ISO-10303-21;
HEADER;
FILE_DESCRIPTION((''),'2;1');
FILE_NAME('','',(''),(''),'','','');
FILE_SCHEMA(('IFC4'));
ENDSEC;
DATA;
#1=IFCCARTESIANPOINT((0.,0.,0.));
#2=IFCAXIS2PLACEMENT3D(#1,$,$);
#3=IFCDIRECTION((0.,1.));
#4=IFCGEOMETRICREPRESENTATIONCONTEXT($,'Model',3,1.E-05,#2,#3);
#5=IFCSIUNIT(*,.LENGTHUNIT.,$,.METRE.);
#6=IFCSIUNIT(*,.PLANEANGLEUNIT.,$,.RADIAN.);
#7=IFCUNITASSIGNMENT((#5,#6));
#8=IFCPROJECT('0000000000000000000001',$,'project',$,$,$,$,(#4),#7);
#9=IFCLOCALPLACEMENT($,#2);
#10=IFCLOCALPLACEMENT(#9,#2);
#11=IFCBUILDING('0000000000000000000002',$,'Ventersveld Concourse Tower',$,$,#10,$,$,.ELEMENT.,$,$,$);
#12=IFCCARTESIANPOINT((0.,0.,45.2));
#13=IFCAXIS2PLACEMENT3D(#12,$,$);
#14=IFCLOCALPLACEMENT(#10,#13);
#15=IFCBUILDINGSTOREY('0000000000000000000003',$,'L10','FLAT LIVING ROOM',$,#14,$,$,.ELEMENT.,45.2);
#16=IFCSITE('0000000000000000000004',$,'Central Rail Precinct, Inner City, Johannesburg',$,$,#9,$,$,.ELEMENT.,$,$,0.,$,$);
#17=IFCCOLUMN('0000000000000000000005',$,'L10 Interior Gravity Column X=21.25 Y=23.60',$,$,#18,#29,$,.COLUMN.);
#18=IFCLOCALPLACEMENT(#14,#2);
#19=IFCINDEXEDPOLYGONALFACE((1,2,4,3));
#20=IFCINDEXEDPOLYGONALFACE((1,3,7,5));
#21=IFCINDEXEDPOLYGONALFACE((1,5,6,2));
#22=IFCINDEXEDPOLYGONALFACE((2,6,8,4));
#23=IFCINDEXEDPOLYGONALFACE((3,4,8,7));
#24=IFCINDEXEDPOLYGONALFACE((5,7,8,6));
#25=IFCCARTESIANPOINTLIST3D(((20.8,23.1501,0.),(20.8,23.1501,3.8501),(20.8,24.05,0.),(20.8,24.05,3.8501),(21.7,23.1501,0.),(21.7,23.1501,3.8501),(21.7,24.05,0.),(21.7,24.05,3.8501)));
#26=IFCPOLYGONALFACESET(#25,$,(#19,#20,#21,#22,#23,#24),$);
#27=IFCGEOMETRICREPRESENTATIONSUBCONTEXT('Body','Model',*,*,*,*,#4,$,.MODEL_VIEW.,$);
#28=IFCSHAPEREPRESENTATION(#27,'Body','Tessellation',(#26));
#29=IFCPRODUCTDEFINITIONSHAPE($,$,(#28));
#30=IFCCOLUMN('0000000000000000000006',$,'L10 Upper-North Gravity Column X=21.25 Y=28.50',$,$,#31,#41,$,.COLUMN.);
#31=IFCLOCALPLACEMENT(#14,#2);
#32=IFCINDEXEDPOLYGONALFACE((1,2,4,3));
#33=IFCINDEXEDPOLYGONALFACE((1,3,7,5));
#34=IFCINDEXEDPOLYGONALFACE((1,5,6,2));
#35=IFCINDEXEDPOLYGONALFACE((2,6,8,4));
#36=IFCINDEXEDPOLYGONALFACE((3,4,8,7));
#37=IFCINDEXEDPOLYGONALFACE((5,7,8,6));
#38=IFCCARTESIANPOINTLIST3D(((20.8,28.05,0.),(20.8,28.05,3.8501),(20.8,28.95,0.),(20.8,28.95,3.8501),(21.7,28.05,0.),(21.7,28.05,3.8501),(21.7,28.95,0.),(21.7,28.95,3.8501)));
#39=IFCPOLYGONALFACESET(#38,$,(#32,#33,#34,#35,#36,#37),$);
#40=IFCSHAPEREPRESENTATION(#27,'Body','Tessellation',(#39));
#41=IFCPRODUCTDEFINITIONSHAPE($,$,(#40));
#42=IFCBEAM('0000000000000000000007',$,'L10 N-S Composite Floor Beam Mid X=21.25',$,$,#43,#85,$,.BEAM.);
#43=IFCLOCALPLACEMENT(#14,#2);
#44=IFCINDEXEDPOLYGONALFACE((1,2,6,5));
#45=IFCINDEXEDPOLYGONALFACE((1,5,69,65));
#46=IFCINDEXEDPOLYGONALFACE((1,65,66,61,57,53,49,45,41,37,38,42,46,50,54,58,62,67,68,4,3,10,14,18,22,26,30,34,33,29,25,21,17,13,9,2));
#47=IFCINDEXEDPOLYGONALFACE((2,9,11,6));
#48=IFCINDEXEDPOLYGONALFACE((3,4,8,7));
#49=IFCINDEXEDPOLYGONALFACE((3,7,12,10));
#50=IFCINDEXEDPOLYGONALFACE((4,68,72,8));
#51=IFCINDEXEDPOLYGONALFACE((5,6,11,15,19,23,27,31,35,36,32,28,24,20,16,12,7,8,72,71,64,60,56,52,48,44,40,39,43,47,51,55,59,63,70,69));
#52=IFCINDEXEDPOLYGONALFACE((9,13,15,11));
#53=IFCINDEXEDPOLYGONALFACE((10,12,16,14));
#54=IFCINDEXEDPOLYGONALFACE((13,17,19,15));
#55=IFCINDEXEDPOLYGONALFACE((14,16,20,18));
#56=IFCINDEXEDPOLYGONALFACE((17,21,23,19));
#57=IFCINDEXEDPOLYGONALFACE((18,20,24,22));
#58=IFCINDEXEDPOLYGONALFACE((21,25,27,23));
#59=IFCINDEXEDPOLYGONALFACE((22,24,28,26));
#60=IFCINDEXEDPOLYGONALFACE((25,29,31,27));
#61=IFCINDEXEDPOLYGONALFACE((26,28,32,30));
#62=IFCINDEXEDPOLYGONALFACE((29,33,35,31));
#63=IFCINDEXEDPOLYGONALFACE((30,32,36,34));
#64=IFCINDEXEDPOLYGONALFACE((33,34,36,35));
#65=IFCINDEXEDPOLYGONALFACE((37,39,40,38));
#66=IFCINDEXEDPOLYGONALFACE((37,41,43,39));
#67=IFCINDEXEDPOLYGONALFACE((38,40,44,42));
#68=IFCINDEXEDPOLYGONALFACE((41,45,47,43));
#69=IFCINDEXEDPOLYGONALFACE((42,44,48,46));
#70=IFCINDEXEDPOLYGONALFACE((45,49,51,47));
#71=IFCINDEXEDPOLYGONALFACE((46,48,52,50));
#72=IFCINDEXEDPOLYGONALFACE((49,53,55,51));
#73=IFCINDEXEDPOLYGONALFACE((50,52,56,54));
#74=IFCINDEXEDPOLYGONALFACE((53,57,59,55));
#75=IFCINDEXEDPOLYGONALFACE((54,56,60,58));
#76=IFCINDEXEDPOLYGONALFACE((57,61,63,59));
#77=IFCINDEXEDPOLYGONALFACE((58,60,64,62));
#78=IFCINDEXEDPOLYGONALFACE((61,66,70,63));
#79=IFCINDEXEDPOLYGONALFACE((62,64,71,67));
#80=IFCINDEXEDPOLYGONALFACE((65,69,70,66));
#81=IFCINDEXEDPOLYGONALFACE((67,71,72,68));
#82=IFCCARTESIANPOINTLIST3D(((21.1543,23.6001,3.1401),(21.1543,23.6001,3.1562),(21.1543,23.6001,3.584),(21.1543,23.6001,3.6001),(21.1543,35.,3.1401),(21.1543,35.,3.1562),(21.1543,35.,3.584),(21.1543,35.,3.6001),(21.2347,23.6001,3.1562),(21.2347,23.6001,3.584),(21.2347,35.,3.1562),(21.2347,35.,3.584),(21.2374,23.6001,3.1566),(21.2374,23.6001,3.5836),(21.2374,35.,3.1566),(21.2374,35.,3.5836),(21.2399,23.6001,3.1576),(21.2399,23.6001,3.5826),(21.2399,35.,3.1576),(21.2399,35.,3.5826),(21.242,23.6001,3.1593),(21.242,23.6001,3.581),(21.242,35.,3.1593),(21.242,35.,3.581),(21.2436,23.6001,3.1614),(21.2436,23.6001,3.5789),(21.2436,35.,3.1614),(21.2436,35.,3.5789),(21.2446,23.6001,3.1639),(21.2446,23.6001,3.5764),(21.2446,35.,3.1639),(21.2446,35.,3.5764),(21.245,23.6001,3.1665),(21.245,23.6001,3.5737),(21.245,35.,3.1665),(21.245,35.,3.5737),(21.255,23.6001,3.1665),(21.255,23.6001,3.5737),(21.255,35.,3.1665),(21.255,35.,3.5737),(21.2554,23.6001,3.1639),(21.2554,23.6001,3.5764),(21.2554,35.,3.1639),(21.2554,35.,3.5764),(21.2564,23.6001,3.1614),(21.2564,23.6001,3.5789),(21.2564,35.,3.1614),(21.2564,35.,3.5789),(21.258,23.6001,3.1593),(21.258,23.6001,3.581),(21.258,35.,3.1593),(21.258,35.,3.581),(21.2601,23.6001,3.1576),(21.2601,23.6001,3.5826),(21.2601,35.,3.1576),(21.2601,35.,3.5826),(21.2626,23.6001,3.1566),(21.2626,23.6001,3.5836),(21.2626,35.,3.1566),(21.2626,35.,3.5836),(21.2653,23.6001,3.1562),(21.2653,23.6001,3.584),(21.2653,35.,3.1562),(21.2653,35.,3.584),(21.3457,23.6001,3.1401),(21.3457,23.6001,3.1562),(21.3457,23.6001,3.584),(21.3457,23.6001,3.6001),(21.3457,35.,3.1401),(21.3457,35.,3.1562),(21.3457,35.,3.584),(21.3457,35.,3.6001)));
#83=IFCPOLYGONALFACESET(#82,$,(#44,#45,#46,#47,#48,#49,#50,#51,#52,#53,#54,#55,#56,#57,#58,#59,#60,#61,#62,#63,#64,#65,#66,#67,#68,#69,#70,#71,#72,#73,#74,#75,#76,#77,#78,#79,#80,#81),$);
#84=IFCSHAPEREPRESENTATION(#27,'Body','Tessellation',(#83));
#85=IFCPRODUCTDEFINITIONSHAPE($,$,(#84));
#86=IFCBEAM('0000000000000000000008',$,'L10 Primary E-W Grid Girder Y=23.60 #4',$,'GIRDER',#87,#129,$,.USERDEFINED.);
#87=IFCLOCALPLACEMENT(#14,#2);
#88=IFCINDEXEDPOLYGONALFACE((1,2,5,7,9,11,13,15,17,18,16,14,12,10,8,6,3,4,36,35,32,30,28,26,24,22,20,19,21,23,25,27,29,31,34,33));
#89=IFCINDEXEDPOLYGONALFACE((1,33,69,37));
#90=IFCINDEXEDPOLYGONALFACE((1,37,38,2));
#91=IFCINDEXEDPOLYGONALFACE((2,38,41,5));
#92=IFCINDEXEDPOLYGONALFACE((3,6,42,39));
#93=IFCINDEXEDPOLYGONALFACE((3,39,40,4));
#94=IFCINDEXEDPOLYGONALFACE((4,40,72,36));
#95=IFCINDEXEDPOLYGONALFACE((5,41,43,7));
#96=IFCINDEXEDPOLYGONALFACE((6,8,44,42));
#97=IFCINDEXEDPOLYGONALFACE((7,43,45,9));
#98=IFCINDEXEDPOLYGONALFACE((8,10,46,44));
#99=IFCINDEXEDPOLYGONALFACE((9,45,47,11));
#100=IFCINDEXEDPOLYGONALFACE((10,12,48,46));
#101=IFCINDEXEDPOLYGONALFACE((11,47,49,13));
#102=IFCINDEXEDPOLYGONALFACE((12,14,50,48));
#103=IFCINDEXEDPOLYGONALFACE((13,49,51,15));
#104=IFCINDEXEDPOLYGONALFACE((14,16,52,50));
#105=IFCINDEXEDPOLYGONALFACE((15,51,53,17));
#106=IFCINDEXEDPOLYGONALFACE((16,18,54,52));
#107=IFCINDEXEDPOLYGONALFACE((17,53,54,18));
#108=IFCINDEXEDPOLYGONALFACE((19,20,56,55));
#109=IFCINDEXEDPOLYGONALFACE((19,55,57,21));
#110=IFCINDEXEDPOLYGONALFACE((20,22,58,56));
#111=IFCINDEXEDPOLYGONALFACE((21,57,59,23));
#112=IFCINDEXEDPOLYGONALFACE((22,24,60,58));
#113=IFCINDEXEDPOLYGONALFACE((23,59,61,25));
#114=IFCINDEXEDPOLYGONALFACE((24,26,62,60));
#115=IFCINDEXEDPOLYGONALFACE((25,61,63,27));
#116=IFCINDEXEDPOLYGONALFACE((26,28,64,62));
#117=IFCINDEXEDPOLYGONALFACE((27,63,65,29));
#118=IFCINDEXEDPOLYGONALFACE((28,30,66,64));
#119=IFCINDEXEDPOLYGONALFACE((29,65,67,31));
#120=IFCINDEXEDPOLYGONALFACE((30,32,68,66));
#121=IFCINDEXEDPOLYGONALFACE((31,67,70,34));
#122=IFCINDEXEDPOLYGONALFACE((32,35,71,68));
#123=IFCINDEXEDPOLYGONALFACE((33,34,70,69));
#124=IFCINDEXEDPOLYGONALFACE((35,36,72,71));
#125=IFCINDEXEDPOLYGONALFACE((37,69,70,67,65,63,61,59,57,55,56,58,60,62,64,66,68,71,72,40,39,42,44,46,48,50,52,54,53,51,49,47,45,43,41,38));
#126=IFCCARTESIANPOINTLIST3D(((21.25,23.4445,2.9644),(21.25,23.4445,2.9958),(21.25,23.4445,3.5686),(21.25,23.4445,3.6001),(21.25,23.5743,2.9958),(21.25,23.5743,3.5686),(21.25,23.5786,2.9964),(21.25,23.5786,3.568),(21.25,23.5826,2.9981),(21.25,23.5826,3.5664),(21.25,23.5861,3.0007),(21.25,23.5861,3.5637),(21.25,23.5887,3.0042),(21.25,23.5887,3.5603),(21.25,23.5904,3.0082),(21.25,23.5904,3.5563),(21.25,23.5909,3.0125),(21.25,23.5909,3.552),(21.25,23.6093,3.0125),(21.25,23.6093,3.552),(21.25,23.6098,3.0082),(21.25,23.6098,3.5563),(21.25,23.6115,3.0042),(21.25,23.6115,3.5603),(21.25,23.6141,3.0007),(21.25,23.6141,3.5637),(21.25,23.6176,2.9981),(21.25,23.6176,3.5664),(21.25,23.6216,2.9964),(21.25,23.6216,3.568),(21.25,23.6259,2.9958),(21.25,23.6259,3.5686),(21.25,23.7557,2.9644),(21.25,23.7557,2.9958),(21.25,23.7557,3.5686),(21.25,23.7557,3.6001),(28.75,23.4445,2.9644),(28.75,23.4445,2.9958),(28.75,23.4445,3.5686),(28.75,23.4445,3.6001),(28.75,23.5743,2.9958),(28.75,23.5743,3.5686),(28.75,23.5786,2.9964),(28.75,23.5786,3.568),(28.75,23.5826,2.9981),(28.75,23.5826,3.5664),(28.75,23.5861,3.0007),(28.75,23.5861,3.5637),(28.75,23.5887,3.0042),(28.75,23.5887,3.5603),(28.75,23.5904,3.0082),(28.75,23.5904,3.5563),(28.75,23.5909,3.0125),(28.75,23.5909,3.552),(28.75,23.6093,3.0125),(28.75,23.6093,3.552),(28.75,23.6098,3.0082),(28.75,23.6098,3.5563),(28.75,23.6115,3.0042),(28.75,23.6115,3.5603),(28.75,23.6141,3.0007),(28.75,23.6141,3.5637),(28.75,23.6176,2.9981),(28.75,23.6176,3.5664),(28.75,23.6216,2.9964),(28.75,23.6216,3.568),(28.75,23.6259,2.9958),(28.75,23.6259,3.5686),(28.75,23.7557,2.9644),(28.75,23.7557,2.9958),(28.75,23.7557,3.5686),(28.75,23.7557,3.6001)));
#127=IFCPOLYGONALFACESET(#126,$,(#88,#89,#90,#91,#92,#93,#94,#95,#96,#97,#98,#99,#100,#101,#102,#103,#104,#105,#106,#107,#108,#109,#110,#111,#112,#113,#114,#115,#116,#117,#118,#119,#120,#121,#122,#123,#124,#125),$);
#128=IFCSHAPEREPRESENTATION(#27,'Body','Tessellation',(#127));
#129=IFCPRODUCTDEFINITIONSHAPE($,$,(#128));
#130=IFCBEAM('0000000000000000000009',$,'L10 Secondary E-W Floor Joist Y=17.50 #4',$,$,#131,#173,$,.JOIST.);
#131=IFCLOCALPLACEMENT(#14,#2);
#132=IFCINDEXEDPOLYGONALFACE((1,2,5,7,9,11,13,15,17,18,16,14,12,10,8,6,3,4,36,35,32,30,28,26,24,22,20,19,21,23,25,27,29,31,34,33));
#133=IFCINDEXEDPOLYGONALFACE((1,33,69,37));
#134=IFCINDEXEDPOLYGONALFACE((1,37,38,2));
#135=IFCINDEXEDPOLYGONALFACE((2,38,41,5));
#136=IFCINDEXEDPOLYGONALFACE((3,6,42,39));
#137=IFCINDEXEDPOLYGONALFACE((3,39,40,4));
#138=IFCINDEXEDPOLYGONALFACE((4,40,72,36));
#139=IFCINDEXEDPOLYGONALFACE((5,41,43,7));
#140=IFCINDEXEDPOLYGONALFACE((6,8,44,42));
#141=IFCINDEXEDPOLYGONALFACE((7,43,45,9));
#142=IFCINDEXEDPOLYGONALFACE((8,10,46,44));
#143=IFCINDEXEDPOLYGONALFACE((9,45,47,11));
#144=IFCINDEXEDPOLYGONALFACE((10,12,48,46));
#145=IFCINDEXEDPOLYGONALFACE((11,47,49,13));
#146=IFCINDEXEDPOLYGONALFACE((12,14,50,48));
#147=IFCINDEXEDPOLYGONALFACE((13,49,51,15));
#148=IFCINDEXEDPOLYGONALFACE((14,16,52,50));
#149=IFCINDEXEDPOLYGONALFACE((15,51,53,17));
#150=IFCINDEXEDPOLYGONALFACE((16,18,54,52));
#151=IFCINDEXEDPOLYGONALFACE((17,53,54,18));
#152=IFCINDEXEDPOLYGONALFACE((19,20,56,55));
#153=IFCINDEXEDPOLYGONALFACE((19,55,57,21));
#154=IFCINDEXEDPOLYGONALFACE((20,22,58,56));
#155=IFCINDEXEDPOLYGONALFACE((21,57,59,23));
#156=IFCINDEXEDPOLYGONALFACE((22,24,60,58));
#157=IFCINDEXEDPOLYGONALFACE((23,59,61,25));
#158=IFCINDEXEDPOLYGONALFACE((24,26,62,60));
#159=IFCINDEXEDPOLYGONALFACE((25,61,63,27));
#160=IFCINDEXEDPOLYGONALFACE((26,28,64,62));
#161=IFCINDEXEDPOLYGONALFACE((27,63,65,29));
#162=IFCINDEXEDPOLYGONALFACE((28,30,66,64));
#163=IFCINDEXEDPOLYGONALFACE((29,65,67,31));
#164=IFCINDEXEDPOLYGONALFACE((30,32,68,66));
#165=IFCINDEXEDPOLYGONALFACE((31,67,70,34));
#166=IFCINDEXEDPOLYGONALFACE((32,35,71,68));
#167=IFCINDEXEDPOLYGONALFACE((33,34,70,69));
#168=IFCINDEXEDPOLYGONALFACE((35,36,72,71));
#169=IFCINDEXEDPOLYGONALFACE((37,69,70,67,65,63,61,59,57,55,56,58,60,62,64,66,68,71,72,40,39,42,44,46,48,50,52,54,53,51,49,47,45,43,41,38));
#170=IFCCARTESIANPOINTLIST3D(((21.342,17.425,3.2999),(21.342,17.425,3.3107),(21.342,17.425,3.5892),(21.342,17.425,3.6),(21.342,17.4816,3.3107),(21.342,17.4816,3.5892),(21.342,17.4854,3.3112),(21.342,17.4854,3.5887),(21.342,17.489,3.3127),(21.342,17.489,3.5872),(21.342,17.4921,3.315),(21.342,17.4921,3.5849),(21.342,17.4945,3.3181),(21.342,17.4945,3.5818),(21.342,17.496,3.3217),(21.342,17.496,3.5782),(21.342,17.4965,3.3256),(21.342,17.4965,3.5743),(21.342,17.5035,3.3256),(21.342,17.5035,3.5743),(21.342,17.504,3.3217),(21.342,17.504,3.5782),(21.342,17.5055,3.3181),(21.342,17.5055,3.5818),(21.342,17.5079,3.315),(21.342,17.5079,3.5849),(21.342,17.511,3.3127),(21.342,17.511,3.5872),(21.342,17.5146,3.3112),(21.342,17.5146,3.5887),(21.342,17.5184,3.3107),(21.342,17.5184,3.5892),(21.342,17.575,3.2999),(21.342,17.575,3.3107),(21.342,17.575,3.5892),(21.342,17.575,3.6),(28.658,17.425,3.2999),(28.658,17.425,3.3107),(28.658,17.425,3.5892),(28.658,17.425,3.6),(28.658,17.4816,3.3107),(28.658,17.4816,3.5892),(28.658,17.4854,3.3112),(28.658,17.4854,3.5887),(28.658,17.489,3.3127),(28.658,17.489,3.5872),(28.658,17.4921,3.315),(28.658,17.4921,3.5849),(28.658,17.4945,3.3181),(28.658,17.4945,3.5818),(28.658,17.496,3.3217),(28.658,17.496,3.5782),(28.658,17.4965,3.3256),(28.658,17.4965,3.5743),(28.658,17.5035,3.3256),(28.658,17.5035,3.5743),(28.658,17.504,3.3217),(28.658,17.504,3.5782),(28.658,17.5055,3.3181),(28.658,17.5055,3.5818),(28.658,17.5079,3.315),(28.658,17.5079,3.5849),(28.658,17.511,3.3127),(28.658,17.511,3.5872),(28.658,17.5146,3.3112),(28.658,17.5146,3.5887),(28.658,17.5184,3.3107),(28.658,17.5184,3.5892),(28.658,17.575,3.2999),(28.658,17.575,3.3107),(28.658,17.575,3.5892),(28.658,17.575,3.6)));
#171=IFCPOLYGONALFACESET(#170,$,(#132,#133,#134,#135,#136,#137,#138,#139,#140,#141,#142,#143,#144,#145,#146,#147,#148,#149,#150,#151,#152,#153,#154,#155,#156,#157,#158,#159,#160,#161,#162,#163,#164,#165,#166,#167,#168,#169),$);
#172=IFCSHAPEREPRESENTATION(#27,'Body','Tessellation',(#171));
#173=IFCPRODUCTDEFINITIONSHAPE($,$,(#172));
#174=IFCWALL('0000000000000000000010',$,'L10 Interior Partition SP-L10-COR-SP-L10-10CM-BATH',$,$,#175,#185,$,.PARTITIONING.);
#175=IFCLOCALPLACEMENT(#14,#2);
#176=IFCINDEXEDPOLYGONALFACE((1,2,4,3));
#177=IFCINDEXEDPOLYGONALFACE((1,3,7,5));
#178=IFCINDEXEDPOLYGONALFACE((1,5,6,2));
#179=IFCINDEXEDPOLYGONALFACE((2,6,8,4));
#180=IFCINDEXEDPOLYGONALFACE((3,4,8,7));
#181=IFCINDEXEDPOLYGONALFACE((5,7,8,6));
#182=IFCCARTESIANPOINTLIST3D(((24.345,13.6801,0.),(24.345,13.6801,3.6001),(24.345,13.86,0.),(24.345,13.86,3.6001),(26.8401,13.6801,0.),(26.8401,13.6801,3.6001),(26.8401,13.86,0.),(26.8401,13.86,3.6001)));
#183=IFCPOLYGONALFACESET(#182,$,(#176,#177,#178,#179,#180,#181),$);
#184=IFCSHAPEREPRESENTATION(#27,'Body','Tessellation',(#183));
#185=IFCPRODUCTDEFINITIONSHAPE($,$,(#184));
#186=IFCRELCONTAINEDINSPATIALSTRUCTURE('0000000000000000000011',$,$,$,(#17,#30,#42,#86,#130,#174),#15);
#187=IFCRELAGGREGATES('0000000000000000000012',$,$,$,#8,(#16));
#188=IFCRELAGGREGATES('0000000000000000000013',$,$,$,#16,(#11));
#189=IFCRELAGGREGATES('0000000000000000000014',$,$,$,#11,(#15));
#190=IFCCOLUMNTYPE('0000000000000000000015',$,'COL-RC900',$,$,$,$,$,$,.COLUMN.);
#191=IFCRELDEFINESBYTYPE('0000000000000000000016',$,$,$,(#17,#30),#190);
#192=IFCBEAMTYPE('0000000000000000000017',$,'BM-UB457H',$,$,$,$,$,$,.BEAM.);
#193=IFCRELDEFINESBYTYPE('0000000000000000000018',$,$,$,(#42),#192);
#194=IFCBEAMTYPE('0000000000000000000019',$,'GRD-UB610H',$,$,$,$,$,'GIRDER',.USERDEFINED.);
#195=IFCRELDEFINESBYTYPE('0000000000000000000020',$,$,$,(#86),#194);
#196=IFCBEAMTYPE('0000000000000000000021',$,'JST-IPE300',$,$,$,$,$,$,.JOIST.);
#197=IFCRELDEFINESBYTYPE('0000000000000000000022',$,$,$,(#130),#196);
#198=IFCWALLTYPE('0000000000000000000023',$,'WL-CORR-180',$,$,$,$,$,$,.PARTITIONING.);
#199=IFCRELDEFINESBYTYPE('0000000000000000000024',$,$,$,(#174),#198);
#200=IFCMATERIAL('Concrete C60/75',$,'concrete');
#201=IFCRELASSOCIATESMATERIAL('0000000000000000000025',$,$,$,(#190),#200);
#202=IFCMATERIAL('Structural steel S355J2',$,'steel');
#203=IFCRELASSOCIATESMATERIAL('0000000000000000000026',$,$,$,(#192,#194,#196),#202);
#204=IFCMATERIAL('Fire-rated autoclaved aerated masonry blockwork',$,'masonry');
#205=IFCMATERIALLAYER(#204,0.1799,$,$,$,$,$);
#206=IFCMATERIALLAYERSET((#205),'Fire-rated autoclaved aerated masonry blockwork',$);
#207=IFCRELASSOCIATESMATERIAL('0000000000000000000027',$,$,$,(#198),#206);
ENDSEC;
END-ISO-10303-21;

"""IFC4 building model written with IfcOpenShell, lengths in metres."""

from ifc_helpers import new_model, si_unit, direction, frame, frame_2d, origin, origin_2d, place, context, subcontext, project, spatial, rectangle, i_section, extrude, material, layer, layer_set, material_profile, profile_set, type_object, element, save


model = new_model("IFC4")

# Units and contexts
model_context = context("Model", 3, precision=1e-05, world=origin(), true_north=direction((0.0, 1.0)))
body_context = subcontext(model_context, "Body", "Model", "MODEL_VIEW")
ifc_project = project(units=[si_unit("LENGTHUNIT", "METRE"), si_unit("PLANEANGLEUNIT", "RADIAN")], contexts=[model_context])

# Site, building, storey
site_placement = place(None, origin())
site = spatial("IfcSite", under=ifc_project, at=site_placement, Name="Central Rail Precinct, Inner City, Johannesburg", CompositionType="ELEMENT", RefElevation=0.0)
building_placement = place(site_placement, origin())
building = spatial("IfcBuilding", under=site, at=building_placement, Name="Ventersveld Concourse Tower", CompositionType="ELEMENT")
storey_placement = place(building_placement, frame((0.0, 0.0, 45.2)))
storey = spatial("IfcBuildingStorey", under=building, at=storey_placement, Name="L10", Description="FLAT LIVING ROOM", CompositionType="ELEMENT", Elevation=45.2)

# Columns
ifc_material_1 = material(Name="Concrete C60/75", Category="concrete")
ifc_material_profile_1 = material_profile(ifc_material_1, rectangle(XDim=0.8999, YDim=0.8999, at=origin_2d()), Name="RC 900x900")
ifc_profile_set_1 = profile_set([ifc_material_profile_1], Name="Concrete C60/75")
column_type = type_object("IfcColumnType", Name="COL-RC900", PredefinedType="COLUMN", material=ifc_profile_set_1)
for number, where, z_axis, x_axis, name in (
    (1, (21.25, 23.6001, 0.0), (0.0, 0.0, 1.0), (1.0, 0.0, 0.0), "L10 Interior Gravity Column X=21.25 Y=23.60"),
    (2, (21.25, 28.5, 0.0), (0.0, 0.0, 1.0), (1.0, 0.0, 0.0), "L10 Upper-North Gravity Column X=21.25 Y=28.50"),
):
    element("IfcColumn", number, at=place(storey_placement, frame(where, z_axis=z_axis, x_axis=x_axis)), inside=storey, type_object=column_type, Name=name, PredefinedType="COLUMN", context=body_context, shape_type="SweptSolid", body=[
        extrude(rectangle(XDim=0.8999, YDim=0.8999, at=origin_2d()), origin(), (0.0, 0.0, 1.0), 3.8501),
    ])

# Beams
ifc_material_2 = material(Name="Structural steel S355J2", Category="steel")
ifc_material_profile_2 = material_profile(ifc_material_2, i_section(OverallWidth=0.1914, OverallDepth=0.46, WebThickness=0.01, FlangeThickness=0.0161, FilletRadius=0.0103, at=origin_2d()), Name="UB 457x191x82")
ifc_profile_set_2 = profile_set([ifc_material_profile_2], Name="Structural steel S355J2")
beam_type_1 = type_object("IfcBeamType", Name="BM-UB457H", PredefinedType="BEAM", material=ifc_profile_set_2)
beam_1_placement = place(storey_placement, frame((21.25, 23.6001, 3.3701), z_axis=(0.0, 1.0, 0.0), x_axis=(-1.0, 0.0, 0.0)))
element("IfcBeam", 3, at=beam_1_placement, inside=storey, type_object=beam_type_1, Name="L10 N-S Composite Floor Beam Mid X=21.25", PredefinedType="BEAM", context=body_context, shape_type="SweptSolid", body=[
    extrude(i_section(OverallWidth=0.1914, OverallDepth=0.46, WebThickness=0.01, FlangeThickness=0.0161, FilletRadius=0.0103, at=origin_2d()), origin(), (0.0, 0.0, 1.0), 11.3999),
])
ifc_material_profile_3 = material_profile(ifc_material_2, i_section(OverallWidth=0.3113, OverallDepth=0.6357, WebThickness=0.0183, FlangeThickness=0.0315, FilletRadius=0.0166, at=origin_2d()), Name="UB 610x305x238")
ifc_profile_set_3 = profile_set([ifc_material_profile_3], Name="Structural steel S355J2")
beam_type_2 = type_object("IfcBeamType", Name="GRD-UB610H", ElementType="GIRDER", PredefinedType="USERDEFINED", material=ifc_profile_set_3)
beam_2_placement = place(storey_placement, frame((21.25, 23.6001, 3.2822), z_axis=(1.0, 0.0, 0.0), x_axis=(0.0, 1.0, 0.0)))
element("IfcBeam", 4, at=beam_2_placement, inside=storey, type_object=beam_type_2, Name="L10 Primary E-W Grid Girder Y=23.60 #4", ObjectType="GIRDER", PredefinedType="USERDEFINED", context=body_context, shape_type="SweptSolid", body=[
    extrude(i_section(OverallWidth=0.3113, OverallDepth=0.6357, WebThickness=0.0183, FlangeThickness=0.0315, FilletRadius=0.0166, at=origin_2d()), origin(), (0.0, 0.0, 1.0), 7.5),
])
ifc_material_profile_4 = material_profile(ifc_material_2, i_section(OverallWidth=0.1499, OverallDepth=0.3, WebThickness=0.0071, FlangeThickness=0.0107, FilletRadius=0.0149, at=origin_2d()), Name="IPE 300")
ifc_profile_set_4 = profile_set([ifc_material_profile_4], Name="Structural steel S355J2")
beam_type_3 = type_object("IfcBeamType", Name="JST-IPE300", PredefinedType="JOIST", material=ifc_profile_set_4)
beam_3_placement = place(storey_placement, frame((21.342, 17.5, 3.45), z_axis=(1.0, 0.0, 0.0), x_axis=(0.0, 1.0, 0.0)))
element("IfcBeam", 5, at=beam_3_placement, inside=storey, type_object=beam_type_3, Name="L10 Secondary E-W Floor Joist Y=17.50 #4", PredefinedType="JOIST", context=body_context, shape_type="SweptSolid", body=[
    extrude(i_section(OverallWidth=0.1499, OverallDepth=0.3, WebThickness=0.0071, FlangeThickness=0.0107, FilletRadius=0.0149, at=origin_2d()), origin(), (0.0, 0.0, 1.0), 7.3159),
])

# Shared definitions
ifc_material_3 = material(Name="Fire-rated autoclaved aerated masonry blockwork", Category="masonry")
ifc_layer_1 = layer(ifc_material_3, 0.1799)
ifc_layer_set_1 = layer_set([ifc_layer_1], Name="Fire-rated autoclaved aerated masonry blockwork")
wall_type_1 = type_object("IfcWallType", Name="WL-CORR-180", PredefinedType="PARTITIONING", material=ifc_layer_set_1)

# Wall
wall_1_placement = place(storey_placement, frame((24.345, 13.77, 0.0), z_axis=(0.0, 0.0, 1.0), x_axis=(1.0, 0.0, 0.0)))
element("IfcWall", 6, at=wall_1_placement, inside=storey, type_object=wall_type_1, Name="L10 Interior Partition SP-L10-COR-SP-L10-10CM-BATH", PredefinedType="PARTITIONING", context=body_context, shape_type="SweptSolid", body=[
    extrude(rectangle(XDim=2.4951, YDim=0.1799, at=frame_2d((1.2476, 0.0))), origin(), (0.0, 0.0, 1.0), 3.6001),
])

save(model, "model.ifc")
